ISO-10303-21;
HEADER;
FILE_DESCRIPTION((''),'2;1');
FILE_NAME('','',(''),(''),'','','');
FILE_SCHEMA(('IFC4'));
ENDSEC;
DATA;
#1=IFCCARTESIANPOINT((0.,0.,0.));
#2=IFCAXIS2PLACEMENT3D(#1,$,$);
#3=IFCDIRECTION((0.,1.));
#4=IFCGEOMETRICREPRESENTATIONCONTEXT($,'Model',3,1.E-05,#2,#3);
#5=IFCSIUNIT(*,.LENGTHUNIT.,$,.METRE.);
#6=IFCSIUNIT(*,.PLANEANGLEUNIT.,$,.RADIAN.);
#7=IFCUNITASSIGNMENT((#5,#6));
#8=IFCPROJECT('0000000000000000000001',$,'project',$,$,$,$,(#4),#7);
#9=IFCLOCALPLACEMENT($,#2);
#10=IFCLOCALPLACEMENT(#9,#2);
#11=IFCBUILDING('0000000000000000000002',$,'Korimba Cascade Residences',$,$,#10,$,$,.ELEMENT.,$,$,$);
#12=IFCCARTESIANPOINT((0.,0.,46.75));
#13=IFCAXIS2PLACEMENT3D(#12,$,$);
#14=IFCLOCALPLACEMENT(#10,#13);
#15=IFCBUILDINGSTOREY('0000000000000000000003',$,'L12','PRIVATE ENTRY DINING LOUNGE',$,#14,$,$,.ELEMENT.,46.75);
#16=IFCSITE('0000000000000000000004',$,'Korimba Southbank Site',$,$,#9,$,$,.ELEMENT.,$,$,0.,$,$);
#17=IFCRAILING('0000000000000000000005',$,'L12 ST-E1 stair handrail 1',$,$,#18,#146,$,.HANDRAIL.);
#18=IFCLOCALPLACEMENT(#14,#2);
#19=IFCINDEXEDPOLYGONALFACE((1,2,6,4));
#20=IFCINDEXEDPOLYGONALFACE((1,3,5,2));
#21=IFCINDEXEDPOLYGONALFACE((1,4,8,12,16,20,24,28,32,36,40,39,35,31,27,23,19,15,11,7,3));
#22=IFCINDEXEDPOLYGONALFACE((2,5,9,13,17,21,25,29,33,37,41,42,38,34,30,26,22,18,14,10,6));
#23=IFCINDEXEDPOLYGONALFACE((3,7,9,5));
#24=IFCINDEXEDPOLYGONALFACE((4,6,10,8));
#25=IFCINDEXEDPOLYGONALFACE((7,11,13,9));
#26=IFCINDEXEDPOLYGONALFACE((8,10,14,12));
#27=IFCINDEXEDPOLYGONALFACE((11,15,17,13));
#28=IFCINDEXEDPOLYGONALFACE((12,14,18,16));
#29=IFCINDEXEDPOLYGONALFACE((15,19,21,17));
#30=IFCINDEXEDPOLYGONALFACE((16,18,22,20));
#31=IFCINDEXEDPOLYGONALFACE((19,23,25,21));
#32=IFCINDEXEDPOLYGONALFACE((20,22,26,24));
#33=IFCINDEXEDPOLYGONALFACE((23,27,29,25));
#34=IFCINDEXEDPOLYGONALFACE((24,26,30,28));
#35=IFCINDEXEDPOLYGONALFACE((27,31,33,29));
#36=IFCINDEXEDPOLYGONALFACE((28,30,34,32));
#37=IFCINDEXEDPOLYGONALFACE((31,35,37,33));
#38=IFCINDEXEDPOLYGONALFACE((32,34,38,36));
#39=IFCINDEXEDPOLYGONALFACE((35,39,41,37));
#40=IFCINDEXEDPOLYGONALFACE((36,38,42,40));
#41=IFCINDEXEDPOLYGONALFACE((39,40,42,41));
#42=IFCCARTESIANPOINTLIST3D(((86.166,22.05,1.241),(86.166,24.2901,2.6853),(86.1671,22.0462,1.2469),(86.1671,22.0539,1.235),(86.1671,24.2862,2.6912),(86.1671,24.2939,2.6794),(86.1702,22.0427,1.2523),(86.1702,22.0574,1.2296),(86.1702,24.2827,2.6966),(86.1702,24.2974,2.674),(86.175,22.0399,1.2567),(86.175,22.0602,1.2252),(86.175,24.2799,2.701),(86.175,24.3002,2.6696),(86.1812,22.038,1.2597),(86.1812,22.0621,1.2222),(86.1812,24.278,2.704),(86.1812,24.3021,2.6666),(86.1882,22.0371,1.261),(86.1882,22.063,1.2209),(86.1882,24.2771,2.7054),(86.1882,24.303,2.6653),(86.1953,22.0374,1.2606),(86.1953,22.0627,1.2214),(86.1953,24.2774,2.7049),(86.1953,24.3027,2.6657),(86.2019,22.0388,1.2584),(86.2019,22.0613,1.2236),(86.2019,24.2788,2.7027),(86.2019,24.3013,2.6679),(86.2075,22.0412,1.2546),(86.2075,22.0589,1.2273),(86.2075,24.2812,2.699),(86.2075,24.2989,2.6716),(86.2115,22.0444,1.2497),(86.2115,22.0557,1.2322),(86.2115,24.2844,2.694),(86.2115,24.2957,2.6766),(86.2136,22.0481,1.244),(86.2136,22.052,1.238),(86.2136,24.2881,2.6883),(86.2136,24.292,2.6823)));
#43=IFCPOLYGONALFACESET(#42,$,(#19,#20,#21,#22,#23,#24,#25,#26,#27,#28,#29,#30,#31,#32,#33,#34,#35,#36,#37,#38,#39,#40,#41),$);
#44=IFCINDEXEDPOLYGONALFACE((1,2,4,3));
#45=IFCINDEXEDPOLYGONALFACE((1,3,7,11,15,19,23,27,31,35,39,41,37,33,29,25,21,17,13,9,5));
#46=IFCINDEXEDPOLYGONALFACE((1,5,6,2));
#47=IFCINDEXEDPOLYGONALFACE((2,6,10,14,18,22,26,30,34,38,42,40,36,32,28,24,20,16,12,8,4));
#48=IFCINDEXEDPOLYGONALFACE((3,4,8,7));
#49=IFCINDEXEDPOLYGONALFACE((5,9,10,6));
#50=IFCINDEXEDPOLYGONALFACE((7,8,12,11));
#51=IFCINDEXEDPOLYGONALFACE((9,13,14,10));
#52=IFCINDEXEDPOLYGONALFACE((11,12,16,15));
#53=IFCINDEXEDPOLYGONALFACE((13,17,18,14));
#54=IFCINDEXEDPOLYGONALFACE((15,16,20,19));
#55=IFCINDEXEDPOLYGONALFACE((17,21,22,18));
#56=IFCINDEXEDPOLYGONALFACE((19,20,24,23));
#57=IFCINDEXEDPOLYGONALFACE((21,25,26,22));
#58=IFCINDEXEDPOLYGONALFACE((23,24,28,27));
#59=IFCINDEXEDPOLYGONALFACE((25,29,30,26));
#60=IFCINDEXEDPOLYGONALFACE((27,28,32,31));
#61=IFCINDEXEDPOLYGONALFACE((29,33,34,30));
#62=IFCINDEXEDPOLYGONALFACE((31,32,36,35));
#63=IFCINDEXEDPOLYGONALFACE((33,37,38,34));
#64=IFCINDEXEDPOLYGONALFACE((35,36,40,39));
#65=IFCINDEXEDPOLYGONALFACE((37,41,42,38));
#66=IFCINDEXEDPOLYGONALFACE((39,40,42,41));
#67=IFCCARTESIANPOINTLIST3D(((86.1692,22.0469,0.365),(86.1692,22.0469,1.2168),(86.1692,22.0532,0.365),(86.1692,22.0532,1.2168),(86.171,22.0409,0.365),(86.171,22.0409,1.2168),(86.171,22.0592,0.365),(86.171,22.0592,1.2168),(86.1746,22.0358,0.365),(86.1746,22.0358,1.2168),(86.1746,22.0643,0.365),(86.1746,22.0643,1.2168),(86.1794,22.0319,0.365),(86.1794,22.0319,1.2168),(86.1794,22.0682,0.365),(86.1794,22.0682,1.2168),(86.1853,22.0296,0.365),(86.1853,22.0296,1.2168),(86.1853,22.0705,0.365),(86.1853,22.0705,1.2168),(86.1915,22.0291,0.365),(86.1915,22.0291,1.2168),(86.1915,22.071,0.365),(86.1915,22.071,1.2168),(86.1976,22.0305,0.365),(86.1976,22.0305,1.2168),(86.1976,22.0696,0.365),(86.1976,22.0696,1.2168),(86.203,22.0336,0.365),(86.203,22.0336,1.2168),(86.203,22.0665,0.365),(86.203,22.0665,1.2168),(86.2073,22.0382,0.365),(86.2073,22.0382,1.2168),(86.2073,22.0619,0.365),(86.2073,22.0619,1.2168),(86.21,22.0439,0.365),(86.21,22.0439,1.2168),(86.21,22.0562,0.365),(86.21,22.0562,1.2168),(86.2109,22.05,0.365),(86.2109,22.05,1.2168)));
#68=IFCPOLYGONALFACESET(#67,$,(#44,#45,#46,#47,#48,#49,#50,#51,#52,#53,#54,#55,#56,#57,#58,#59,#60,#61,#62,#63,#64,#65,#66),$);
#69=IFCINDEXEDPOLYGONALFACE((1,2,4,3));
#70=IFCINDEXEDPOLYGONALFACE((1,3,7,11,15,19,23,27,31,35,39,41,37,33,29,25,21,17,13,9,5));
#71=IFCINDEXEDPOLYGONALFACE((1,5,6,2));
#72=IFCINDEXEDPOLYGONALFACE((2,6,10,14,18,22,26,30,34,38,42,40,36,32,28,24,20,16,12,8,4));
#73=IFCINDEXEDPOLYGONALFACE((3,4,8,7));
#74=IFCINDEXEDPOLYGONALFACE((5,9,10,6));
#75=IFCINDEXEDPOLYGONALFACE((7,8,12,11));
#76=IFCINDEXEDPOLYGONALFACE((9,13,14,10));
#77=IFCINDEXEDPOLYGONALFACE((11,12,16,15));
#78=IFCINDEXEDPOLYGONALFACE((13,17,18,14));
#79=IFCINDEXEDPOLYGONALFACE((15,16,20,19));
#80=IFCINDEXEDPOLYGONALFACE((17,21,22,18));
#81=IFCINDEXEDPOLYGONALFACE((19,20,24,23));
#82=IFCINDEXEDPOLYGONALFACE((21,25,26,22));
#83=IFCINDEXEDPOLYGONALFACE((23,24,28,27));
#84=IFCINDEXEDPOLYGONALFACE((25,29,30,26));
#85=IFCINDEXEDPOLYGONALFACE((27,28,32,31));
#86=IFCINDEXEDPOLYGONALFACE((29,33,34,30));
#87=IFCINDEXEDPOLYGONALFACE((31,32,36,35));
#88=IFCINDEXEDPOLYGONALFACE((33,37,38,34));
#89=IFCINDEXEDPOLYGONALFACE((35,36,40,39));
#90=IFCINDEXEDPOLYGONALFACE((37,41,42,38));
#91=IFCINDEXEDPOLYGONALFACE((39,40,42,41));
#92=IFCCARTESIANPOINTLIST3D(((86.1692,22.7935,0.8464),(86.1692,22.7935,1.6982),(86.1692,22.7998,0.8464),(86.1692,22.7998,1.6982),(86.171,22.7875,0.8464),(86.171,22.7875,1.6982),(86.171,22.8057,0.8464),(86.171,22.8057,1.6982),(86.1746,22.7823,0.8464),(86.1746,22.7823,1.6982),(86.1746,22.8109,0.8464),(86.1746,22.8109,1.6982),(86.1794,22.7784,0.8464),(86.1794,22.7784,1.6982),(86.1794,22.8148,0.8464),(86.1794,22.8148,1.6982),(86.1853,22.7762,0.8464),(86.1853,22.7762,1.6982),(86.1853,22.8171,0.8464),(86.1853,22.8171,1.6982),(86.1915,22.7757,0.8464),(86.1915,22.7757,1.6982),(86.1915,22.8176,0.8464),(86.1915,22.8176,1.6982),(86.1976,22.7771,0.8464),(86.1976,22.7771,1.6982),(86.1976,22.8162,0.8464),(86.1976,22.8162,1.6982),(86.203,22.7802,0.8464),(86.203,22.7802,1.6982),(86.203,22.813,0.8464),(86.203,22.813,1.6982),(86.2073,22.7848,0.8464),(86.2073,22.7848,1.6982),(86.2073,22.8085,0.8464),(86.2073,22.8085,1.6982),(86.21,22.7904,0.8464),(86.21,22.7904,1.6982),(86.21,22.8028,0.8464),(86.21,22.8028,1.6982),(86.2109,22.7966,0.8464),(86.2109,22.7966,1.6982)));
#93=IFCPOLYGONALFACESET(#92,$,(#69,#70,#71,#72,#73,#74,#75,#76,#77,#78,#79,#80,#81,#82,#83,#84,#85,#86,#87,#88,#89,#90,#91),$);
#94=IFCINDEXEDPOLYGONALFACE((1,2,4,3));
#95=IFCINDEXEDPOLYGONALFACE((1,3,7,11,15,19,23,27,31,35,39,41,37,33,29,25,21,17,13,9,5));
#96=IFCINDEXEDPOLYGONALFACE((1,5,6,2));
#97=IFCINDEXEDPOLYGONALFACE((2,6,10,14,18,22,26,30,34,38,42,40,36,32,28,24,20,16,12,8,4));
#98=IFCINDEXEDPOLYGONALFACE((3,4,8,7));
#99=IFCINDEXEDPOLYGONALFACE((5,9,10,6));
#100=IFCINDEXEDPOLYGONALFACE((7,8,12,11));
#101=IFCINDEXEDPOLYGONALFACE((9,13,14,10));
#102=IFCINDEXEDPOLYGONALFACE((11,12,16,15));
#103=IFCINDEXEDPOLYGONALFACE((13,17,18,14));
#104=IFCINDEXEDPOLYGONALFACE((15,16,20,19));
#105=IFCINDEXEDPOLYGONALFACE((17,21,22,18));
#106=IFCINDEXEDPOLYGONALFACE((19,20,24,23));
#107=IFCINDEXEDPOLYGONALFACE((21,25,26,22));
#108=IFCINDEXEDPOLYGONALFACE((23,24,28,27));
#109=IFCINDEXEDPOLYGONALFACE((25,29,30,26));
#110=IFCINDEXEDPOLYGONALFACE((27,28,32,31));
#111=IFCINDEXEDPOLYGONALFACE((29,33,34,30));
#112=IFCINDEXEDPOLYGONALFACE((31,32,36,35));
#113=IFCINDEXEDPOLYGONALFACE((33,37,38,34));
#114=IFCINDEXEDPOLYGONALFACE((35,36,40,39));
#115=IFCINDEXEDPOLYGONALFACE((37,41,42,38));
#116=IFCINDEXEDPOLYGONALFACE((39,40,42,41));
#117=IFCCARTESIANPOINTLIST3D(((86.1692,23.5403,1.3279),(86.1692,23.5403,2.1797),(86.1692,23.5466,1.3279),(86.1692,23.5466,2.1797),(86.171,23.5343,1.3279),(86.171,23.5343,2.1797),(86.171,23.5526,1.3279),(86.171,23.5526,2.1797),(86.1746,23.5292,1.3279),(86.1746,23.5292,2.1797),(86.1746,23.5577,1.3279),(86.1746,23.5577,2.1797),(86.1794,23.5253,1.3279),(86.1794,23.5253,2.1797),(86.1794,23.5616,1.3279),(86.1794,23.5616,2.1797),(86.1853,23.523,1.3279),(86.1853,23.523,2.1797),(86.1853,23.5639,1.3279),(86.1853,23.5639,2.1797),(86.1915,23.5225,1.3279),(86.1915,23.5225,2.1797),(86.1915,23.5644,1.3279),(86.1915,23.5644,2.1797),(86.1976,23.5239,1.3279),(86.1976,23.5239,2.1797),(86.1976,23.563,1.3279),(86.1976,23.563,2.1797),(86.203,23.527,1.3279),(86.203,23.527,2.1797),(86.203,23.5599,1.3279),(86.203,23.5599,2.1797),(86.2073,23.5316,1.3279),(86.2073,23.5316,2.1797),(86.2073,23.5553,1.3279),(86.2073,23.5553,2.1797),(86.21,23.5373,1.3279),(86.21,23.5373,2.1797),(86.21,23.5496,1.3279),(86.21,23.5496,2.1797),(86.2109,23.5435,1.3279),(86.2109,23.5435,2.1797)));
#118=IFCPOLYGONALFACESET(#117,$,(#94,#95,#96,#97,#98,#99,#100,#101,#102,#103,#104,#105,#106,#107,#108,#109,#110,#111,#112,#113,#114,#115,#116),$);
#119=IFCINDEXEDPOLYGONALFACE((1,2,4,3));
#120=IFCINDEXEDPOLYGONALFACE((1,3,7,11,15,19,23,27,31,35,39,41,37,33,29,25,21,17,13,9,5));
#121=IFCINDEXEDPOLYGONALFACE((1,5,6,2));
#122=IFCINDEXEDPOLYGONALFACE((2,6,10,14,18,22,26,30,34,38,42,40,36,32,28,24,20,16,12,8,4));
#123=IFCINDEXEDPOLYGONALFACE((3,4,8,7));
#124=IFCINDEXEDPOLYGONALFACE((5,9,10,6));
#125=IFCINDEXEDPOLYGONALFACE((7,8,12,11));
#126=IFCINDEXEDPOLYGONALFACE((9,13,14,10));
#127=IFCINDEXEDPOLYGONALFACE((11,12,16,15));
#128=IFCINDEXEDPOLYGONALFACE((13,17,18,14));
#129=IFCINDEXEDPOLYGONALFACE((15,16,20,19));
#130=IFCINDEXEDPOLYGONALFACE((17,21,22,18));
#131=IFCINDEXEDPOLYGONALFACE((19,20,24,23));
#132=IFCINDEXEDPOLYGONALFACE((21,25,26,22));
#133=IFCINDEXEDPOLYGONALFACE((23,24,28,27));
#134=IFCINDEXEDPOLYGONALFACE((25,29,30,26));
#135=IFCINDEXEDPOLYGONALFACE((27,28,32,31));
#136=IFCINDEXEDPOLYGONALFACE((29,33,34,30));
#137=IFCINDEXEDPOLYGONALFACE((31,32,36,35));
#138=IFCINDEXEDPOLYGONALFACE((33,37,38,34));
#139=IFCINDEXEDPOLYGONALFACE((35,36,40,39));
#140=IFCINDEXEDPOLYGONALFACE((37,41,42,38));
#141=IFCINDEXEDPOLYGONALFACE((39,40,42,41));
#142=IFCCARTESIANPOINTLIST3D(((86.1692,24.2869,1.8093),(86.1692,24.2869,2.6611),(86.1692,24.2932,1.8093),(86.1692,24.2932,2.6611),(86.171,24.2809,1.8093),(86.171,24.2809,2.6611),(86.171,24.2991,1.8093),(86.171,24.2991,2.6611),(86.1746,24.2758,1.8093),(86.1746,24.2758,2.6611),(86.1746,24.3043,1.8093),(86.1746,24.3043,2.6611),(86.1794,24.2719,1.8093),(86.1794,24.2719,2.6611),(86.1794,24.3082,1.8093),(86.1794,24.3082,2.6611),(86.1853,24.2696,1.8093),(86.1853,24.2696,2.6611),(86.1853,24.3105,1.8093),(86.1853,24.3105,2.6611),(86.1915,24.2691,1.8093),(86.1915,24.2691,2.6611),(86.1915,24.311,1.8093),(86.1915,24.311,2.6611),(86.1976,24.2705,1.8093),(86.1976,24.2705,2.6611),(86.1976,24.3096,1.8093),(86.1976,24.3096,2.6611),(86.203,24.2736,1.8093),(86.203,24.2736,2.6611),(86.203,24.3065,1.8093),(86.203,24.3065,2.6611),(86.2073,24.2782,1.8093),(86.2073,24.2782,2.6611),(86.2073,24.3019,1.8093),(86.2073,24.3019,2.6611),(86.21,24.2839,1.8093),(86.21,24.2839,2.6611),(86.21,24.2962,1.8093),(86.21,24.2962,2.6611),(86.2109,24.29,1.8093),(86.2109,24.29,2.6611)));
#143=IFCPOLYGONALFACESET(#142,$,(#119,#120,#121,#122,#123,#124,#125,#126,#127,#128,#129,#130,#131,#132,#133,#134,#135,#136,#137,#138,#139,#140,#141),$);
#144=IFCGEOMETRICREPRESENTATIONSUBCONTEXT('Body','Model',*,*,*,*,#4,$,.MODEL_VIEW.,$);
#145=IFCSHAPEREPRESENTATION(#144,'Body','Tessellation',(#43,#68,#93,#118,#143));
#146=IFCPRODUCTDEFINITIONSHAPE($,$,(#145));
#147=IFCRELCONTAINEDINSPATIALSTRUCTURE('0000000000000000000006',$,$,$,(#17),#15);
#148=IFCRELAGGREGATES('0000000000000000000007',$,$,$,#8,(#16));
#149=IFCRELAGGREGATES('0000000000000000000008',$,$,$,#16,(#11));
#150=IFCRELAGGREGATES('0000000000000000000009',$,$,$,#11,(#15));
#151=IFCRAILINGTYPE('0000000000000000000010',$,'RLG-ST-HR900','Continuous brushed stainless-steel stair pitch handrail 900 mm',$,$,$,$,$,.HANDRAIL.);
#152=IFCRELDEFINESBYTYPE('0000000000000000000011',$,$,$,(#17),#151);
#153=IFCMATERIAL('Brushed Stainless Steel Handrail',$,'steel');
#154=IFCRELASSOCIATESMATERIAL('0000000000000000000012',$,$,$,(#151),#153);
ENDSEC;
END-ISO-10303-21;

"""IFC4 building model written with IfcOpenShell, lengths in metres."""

from ifc_helpers import new_model, si_unit, direction, frame, origin, origin_2d, place, context, subcontext, project, spatial, circle, extrude, material, type_object, element, save


model = new_model("IFC4")

# Units and contexts
model_context = context("Model", 3, precision=1e-05, world=origin(), true_north=direction((0.0, 1.0)))
body_context = subcontext(model_context, "Body", "Model", "MODEL_VIEW")
ifc_project = project(units=[si_unit("LENGTHUNIT", "METRE"), si_unit("PLANEANGLEUNIT", "RADIAN")], contexts=[model_context])

# Site, building, storey
site_placement = place(None, origin())
site = spatial("IfcSite", under=ifc_project, at=site_placement, Name="Korimba Southbank Site", CompositionType="ELEMENT", RefElevation=0.0)
building_placement = place(site_placement, origin())
building = spatial("IfcBuilding", under=site, at=building_placement, Name="Korimba Cascade Residences", CompositionType="ELEMENT")
storey_placement = place(building_placement, frame((0.0, 0.0, 46.75)))
storey = spatial("IfcBuildingStorey", under=building, at=storey_placement, Name="L12", Description="PRIVATE ENTRY DINING LOUNGE", CompositionType="ELEMENT", Elevation=46.75)

# Railing
ifc_material_1 = material(Name="Brushed Stainless Steel Handrail", Category="steel")
railing_type = type_object("IfcRailingType", Name="RLG-ST-HR900", Description="Continuous brushed stainless-steel stair pitch handrail 900 mm", PredefinedType="HANDRAIL", material=ifc_material_1)
railing_placement = place(storey_placement, frame((86.1899, 22.05, 0.365)))
element("IfcRailing", 1, at=railing_placement, inside=storey, type_object=railing_type, Name="L12 ST-E1 stair handrail 1", PredefinedType="HANDRAIL", context=body_context, shape_type="SweptSolid", body=[
    extrude(circle(Radius=0.0239, at=origin_2d()), frame((0.0, 0.0, 0.876), z_axis=(0.0, 0.840437, 0.54191), x_axis=(-1.0, 0.0, 0.0)), (0.0, 0.0, 1.0), 2.6653),
    extrude(circle(Radius=0.021, at=origin_2d()), origin(), (0.0, 0.0, 1.0), 0.8518),
    extrude(circle(Radius=0.021, at=origin_2d()), frame((0.0, 0.7466, 0.4814)), (0.0, 0.0, 1.0), 0.8518),
    extrude(circle(Radius=0.021, at=origin_2d()), frame((0.0, 1.4934, 0.9629)), (0.0, 0.0, 1.0), 0.8518),
    extrude(circle(Radius=0.021, at=origin_2d()), frame((0.0, 2.24, 1.4443)), (0.0, 0.0, 1.0), 0.8518),
])

save(model, "model.ifc")
